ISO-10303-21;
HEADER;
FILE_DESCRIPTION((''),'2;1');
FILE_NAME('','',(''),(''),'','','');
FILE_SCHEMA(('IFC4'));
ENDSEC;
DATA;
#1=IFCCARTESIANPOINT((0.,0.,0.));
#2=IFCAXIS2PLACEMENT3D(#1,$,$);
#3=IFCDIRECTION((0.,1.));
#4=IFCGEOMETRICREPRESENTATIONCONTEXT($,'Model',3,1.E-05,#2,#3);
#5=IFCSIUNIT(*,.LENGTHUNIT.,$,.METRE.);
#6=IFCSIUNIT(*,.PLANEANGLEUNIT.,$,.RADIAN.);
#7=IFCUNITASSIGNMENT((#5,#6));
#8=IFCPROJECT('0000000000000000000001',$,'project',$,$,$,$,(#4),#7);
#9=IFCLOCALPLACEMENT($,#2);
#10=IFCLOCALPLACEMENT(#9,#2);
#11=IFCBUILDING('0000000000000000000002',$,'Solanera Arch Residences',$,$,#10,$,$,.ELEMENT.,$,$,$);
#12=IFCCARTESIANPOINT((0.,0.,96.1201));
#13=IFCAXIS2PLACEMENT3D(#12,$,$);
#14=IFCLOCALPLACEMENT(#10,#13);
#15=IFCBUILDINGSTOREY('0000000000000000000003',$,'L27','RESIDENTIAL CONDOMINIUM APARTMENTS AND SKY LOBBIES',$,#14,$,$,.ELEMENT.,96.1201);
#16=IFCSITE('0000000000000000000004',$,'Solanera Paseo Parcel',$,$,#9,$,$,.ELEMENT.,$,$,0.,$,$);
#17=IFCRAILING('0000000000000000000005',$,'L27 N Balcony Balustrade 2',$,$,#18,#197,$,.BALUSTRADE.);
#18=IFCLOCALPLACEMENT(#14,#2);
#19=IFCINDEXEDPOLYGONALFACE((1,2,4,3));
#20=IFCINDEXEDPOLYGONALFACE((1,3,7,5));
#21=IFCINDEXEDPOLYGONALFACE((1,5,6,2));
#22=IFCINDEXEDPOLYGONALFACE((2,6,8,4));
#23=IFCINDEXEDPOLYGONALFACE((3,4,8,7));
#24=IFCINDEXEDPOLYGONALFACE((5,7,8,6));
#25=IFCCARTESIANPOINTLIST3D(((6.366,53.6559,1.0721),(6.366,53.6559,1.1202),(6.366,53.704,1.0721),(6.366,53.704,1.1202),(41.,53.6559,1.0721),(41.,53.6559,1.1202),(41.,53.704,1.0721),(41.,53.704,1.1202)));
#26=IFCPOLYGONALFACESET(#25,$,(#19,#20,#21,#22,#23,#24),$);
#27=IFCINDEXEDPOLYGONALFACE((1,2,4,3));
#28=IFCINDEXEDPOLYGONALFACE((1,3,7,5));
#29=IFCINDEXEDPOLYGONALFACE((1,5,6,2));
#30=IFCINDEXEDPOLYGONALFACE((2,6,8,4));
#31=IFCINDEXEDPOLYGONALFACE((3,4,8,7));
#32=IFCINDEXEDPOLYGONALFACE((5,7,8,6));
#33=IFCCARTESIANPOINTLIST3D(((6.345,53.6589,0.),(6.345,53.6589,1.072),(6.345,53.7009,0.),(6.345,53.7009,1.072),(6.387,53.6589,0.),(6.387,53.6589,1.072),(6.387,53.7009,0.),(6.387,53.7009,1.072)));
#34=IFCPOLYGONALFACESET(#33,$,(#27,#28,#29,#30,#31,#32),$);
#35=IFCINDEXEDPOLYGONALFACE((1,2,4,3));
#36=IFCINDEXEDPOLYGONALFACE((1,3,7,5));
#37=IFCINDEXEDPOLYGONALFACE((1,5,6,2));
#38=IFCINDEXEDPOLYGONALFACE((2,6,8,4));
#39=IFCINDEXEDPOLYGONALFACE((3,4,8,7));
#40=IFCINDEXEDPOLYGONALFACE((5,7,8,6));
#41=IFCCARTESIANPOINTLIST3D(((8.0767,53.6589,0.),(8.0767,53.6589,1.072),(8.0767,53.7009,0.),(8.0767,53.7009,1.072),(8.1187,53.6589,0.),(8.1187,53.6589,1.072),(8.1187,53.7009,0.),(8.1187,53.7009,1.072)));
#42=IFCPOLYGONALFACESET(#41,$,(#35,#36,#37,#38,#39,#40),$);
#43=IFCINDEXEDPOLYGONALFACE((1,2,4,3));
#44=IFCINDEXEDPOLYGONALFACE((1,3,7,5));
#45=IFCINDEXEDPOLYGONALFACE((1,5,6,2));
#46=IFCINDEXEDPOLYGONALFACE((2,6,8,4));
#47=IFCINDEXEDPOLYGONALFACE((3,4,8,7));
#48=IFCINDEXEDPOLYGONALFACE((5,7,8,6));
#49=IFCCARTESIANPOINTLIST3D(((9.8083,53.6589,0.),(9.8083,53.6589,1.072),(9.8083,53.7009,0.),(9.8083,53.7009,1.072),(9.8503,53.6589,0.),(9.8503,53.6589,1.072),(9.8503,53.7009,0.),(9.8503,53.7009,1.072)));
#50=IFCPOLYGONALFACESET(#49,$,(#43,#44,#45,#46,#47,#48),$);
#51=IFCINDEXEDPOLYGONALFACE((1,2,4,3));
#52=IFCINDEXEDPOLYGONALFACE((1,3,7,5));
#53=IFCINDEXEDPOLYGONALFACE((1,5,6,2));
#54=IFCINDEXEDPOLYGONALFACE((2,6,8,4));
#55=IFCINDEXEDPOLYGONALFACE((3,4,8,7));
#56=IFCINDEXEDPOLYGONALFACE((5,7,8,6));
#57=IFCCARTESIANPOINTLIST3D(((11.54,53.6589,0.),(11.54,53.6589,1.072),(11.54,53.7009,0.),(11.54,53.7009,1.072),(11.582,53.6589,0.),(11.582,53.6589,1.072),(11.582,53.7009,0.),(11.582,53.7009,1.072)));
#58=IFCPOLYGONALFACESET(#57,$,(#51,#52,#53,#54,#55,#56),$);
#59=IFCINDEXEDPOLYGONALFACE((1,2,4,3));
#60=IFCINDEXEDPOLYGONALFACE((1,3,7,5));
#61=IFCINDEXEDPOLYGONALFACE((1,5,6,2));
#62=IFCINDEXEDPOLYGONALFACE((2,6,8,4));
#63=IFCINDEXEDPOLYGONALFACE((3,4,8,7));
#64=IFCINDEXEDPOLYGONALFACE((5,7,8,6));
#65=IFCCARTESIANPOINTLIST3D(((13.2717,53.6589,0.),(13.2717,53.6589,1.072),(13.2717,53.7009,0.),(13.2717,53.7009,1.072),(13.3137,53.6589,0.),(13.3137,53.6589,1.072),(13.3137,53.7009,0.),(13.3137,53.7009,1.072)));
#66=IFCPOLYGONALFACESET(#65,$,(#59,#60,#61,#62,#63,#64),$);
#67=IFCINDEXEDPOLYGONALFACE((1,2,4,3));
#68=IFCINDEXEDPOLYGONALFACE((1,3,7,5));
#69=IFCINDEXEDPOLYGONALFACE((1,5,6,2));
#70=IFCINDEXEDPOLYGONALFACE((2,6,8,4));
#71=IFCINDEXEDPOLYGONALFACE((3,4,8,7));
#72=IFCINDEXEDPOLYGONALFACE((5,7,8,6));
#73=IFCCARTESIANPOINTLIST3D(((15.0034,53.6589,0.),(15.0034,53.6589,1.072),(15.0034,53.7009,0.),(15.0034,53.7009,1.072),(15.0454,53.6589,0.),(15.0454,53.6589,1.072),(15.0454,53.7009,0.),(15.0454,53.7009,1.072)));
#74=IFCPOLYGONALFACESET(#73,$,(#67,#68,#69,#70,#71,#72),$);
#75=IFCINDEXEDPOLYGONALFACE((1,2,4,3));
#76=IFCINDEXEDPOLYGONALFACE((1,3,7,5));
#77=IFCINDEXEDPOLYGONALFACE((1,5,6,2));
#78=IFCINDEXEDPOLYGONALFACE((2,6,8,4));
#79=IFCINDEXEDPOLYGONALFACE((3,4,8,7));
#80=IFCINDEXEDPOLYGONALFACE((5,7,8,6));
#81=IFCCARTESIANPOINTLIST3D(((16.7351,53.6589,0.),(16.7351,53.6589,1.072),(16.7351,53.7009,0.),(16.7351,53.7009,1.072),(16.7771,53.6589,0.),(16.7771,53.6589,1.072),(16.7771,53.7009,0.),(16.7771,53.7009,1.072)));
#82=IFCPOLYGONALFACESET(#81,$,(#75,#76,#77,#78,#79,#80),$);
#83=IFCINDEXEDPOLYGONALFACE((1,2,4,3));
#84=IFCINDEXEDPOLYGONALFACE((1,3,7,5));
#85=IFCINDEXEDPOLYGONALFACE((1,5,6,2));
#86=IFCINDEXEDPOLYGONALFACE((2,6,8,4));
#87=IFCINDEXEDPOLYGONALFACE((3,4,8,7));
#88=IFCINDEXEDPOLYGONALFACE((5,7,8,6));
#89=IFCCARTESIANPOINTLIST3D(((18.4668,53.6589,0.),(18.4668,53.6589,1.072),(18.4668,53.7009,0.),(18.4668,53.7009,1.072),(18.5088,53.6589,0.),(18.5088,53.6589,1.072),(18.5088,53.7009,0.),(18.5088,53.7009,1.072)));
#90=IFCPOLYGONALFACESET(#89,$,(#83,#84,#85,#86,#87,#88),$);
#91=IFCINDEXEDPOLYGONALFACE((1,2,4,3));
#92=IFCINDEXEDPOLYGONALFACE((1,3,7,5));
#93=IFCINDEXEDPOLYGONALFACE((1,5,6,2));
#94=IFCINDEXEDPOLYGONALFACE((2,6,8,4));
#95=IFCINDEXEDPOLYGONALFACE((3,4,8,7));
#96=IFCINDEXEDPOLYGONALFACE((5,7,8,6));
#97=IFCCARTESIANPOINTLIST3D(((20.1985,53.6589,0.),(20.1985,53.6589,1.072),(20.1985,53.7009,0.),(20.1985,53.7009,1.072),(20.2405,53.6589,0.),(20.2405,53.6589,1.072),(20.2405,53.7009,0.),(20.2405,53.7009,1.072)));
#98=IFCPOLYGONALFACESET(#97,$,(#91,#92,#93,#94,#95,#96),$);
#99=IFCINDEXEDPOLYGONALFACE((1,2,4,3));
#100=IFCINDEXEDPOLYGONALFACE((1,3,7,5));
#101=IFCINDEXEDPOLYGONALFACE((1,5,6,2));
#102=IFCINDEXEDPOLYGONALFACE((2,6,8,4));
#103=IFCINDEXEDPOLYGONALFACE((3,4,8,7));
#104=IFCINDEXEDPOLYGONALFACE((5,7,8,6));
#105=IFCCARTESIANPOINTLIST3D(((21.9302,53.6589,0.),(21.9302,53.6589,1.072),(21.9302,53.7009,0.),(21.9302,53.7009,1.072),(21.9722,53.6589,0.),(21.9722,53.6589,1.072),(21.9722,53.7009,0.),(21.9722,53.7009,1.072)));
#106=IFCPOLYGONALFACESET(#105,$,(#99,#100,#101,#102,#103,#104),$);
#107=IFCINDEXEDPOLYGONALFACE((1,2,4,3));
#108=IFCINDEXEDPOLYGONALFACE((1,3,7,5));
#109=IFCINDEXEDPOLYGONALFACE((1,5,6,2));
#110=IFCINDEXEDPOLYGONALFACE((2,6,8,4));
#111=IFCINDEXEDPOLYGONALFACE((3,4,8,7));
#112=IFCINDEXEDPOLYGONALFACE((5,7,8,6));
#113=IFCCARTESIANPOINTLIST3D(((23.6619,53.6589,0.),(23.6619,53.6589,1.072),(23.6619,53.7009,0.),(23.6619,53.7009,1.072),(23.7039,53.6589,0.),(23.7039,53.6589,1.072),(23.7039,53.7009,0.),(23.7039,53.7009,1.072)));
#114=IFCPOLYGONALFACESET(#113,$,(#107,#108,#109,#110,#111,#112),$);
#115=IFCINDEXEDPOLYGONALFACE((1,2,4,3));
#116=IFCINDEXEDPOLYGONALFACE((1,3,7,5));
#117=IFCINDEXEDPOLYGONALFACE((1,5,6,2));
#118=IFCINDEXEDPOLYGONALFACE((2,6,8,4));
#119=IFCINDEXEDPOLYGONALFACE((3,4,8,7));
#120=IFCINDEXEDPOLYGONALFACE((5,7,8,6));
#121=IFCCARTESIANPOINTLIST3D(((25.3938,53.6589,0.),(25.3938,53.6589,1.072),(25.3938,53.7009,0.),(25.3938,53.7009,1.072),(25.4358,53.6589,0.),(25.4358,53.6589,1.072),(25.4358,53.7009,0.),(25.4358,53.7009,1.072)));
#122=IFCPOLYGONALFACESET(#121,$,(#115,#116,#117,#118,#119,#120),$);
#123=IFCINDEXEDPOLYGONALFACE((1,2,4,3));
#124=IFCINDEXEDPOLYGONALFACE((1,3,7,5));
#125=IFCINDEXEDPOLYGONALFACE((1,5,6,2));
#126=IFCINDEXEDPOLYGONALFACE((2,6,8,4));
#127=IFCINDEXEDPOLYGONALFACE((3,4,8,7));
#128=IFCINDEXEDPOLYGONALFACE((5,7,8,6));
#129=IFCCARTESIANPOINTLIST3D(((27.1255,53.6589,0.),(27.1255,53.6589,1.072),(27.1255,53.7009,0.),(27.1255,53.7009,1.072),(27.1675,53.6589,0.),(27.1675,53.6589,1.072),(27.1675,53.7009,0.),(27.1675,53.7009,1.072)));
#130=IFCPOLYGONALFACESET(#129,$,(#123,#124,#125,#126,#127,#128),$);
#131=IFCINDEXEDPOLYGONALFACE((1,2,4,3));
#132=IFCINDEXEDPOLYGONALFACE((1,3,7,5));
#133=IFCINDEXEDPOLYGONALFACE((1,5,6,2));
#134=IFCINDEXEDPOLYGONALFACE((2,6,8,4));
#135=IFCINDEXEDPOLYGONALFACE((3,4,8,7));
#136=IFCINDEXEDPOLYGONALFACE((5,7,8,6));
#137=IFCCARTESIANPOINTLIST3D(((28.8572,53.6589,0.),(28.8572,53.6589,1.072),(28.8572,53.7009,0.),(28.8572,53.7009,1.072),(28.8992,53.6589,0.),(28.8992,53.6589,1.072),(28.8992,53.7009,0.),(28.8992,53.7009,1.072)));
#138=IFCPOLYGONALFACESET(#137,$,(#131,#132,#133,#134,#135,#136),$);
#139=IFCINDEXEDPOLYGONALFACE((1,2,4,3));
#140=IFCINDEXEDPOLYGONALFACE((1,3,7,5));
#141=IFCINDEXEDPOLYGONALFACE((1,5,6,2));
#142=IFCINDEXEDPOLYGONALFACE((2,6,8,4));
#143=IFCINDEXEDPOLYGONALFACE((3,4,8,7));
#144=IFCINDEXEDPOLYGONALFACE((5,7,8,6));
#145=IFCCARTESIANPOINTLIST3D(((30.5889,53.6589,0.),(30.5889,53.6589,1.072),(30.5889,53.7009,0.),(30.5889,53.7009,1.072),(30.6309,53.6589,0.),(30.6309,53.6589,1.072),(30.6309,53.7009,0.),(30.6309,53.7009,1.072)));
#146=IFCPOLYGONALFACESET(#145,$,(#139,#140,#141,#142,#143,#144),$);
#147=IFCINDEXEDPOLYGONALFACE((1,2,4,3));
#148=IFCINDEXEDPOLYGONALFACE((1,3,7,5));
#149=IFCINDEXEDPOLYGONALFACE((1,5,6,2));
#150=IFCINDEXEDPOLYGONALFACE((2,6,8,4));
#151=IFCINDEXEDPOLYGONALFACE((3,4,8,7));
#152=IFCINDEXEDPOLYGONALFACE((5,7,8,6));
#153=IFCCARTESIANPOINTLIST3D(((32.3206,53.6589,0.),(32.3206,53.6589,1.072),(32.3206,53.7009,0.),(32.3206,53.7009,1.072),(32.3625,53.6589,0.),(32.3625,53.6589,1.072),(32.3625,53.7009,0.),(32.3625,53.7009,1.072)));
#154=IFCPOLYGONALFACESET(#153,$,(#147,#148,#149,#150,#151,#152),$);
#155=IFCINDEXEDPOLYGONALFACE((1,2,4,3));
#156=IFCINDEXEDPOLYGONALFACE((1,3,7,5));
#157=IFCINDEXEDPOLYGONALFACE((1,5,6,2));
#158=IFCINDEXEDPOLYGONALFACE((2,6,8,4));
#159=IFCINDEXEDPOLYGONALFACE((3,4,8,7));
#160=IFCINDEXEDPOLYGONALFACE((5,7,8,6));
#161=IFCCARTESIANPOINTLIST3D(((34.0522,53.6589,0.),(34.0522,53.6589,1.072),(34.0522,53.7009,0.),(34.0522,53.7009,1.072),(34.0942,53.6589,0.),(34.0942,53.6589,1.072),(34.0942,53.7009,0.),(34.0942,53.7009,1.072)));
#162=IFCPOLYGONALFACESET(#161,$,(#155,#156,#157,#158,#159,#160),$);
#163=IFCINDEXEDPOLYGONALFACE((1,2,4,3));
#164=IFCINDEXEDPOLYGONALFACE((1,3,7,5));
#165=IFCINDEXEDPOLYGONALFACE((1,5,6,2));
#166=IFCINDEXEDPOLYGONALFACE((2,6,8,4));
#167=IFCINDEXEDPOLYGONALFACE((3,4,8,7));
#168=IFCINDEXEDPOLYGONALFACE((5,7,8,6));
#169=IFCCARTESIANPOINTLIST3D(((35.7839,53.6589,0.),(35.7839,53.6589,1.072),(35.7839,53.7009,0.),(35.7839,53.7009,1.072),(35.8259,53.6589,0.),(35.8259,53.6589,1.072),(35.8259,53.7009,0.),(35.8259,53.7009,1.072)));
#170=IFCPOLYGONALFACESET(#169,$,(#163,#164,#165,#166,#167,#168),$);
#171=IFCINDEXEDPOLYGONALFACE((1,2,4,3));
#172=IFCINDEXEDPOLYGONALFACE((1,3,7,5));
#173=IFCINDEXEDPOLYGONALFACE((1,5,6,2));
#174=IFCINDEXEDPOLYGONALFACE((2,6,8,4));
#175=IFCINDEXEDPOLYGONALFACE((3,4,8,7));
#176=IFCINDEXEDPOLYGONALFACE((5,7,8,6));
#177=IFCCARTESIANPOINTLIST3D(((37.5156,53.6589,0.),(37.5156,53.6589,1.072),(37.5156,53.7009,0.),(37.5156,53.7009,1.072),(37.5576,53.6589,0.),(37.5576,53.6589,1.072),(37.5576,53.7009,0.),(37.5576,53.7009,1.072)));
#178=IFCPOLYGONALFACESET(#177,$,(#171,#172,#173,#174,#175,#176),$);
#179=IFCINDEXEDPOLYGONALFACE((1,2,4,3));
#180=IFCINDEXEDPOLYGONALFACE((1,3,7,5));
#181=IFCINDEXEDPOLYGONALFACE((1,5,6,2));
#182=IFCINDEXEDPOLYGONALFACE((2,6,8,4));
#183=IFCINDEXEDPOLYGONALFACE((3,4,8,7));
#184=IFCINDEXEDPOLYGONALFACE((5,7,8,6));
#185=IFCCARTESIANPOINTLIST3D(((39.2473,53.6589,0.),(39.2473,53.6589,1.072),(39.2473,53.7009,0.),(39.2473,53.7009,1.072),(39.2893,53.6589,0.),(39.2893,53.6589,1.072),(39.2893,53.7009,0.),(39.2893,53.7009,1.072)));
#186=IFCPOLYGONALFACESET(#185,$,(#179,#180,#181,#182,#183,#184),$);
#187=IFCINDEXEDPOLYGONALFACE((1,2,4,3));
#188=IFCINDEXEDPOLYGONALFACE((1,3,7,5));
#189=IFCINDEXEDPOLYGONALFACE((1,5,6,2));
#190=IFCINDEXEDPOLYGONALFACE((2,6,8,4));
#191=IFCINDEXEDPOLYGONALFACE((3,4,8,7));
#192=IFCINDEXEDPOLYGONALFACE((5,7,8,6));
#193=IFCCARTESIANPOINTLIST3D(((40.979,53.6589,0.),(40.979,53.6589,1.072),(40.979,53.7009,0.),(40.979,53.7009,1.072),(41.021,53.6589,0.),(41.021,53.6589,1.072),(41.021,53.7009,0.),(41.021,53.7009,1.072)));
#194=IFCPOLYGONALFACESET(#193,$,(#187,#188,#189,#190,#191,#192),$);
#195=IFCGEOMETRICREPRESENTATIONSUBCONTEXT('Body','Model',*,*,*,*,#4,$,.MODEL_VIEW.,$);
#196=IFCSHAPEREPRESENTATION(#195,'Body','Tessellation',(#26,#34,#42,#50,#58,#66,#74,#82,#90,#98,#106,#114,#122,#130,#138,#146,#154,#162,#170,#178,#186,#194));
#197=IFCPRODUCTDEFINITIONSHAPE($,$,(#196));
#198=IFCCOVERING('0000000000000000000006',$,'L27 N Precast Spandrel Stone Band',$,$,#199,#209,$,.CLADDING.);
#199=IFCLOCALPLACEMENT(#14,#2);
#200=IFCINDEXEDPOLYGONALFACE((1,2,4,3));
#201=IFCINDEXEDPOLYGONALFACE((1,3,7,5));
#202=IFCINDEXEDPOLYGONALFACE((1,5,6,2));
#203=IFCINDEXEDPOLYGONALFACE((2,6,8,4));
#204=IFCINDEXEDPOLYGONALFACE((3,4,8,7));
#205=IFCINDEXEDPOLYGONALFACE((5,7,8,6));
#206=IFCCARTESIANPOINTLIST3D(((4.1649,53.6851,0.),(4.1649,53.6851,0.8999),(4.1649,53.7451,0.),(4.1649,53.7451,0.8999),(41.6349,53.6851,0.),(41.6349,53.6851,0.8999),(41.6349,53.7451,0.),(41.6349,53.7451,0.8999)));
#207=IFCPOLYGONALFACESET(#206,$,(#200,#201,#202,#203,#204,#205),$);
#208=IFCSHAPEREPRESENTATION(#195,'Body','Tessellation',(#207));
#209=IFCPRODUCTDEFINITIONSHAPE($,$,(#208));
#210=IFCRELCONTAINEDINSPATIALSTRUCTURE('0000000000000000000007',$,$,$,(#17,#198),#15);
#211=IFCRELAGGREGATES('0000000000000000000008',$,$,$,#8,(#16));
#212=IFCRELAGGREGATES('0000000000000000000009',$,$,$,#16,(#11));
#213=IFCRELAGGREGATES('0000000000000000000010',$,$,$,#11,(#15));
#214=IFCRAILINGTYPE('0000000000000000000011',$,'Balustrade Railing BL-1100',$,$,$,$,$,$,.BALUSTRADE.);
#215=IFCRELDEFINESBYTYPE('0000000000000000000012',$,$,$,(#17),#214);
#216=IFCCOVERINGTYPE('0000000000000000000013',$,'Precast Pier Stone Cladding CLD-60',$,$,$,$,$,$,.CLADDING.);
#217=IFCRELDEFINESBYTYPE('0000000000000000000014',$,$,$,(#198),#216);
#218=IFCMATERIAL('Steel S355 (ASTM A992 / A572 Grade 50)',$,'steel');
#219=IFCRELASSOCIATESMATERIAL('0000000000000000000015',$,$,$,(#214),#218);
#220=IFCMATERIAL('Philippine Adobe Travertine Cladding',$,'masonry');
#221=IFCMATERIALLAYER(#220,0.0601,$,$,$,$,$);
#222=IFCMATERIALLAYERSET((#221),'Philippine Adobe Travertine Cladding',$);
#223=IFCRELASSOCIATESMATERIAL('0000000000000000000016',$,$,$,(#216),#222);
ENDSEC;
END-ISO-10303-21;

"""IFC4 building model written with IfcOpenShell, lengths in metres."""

from ifc_helpers import new_model, si_unit, direction, frame, frame_2d, origin, origin_2d, place, context, subcontext, project, spatial, rectangle, extrude, material, layer, layer_set, type_object, element, save


model = new_model("IFC4")

# Units and contexts
model_context = context("Model", 3, precision=1e-05, world=origin(), true_north=direction((0.0, 1.0)))
body_context = subcontext(model_context, "Body", "Model", "MODEL_VIEW")
ifc_project = project(units=[si_unit("LENGTHUNIT", "METRE"), si_unit("PLANEANGLEUNIT", "RADIAN")], contexts=[model_context])

# Site, building, storey
site_placement = place(None, origin())
site = spatial("IfcSite", under=ifc_project, at=site_placement, Name="Solanera Paseo Parcel", CompositionType="ELEMENT", RefElevation=0.0)
building_placement = place(site_placement, origin())
building = spatial("IfcBuilding", under=site, at=building_placement, Name="Solanera Arch Residences", CompositionType="ELEMENT")
storey_placement = place(building_placement, frame((0.0, 0.0, 96.1201)))
storey = spatial("IfcBuildingStorey", under=building, at=storey_placement, Name="L27", Description="RESIDENTIAL CONDOMINIUM APARTMENTS AND SKY LOBBIES", CompositionType="ELEMENT", Elevation=96.1201)

# Railing
ifc_material_1 = material(Name="Steel S355 (ASTM A992 / A572 Grade 50)", Category="steel")
railing_type = type_object("IfcRailingType", Name="Balustrade Railing BL-1100", PredefinedType="BALUSTRADE", material=ifc_material_1)
railing_placement = place(storey_placement, frame((6.366, 53.6799, 0.0)))
element("IfcRailing", 1, at=railing_placement, inside=storey, type_object=railing_type, Name="L27 N Balcony Balustrade 2", PredefinedType="BALUSTRADE", context=body_context, shape_type="SweptSolid", body=[
    extrude(rectangle(XDim=0.0481, YDim=0.0481, at=origin_2d()), frame((0.0, 0.0, 1.0962), z_axis=(1.0, 0.0, 0.0), x_axis=(0.0, 1.0, 0.0)), (0.0, 0.0, 1.0), 34.634),
    extrude(rectangle(XDim=0.042, YDim=0.042, at=origin_2d()), origin(), (0.0, 0.0, 1.0), 1.072),
    extrude(rectangle(XDim=0.042, YDim=0.042, at=origin_2d()), frame((1.7317, 0.0, 0.0)), (0.0, 0.0, 1.0), 1.072),
    extrude(rectangle(XDim=0.042, YDim=0.042, at=origin_2d()), frame((3.4634, 0.0, 0.0)), (0.0, 0.0, 1.0), 1.072),
    extrude(rectangle(XDim=0.042, YDim=0.042, at=origin_2d()), frame((5.1951, 0.0, 0.0)), (0.0, 0.0, 1.0), 1.072),
    extrude(rectangle(XDim=0.042, YDim=0.042, at=origin_2d()), frame((6.9268, 0.0, 0.0)), (0.0, 0.0, 1.0), 1.072),
    extrude(rectangle(XDim=0.042, YDim=0.042, at=origin_2d()), frame((8.6584, 0.0, 0.0)), (0.0, 0.0, 1.0), 1.072),
    extrude(rectangle(XDim=0.042, YDim=0.042, at=origin_2d()), frame((10.3901, 0.0, 0.0)), (0.0, 0.0, 1.0), 1.072),
    extrude(rectangle(XDim=0.042, YDim=0.042, at=origin_2d()), frame((12.1218, 0.0, 0.0)), (0.0, 0.0, 1.0), 1.072),
    extrude(rectangle(XDim=0.042, YDim=0.042, at=origin_2d()), frame((13.8535, 0.0, 0.0)), (0.0, 0.0, 1.0), 1.072),
    extrude(rectangle(XDim=0.042, YDim=0.042, at=origin_2d()), frame((15.5852, 0.0, 0.0)), (0.0, 0.0, 1.0), 1.072),
    extrude(rectangle(XDim=0.042, YDim=0.042, at=origin_2d()), frame((17.3169, 0.0, 0.0)), (0.0, 0.0, 1.0), 1.072),
    extrude(rectangle(XDim=0.042, YDim=0.042, at=origin_2d()), frame((19.0488, 0.0, 0.0)), (0.0, 0.0, 1.0), 1.072),
    extrude(rectangle(XDim=0.042, YDim=0.042, at=origin_2d()), frame((20.7805, 0.0, 0.0)), (0.0, 0.0, 1.0), 1.072),
    extrude(rectangle(XDim=0.042, YDim=0.042, at=origin_2d()), frame((22.5122, 0.0, 0.0)), (0.0, 0.0, 1.0), 1.072),
    extrude(rectangle(XDim=0.042, YDim=0.042, at=origin_2d()), frame((24.2439, 0.0, 0.0)), (0.0, 0.0, 1.0), 1.072),
    extrude(rectangle(XDim=0.042, YDim=0.042, at=origin_2d()), frame((25.9756, 0.0, 0.0)), (0.0, 0.0, 1.0), 1.072),
    extrude(rectangle(XDim=0.042, YDim=0.042, at=origin_2d()), frame((27.7073, 0.0, 0.0)), (0.0, 0.0, 1.0), 1.072),
    extrude(rectangle(XDim=0.042, YDim=0.042, at=origin_2d()), frame((29.439, 0.0, 0.0)), (0.0, 0.0, 1.0), 1.072),
    extrude(rectangle(XDim=0.042, YDim=0.042, at=origin_2d()), frame((31.1707, 0.0, 0.0)), (0.0, 0.0, 1.0), 1.072),
    extrude(rectangle(XDim=0.042, YDim=0.042, at=origin_2d()), frame((32.9023, 0.0, 0.0)), (0.0, 0.0, 1.0), 1.072),
    extrude(rectangle(XDim=0.042, YDim=0.042, at=origin_2d()), frame((34.634, 0.0, 0.0)), (0.0, 0.0, 1.0), 1.072),
])

# Covering
ifc_material_2 = material(Name="Philippine Adobe Travertine Cladding", Category="masonry")
ifc_layer_1 = layer(ifc_material_2, 0.0601)
ifc_layer_set_1 = layer_set([ifc_layer_1], Name="Philippine Adobe Travertine Cladding")
covering_type = type_object("IfcCoveringType", Name="Precast Pier Stone Cladding CLD-60", PredefinedType="CLADDING", material=ifc_layer_set_1)
covering_placement = place(storey_placement, frame((4.165, 53.7151, 0.0), z_axis=(0.0, 0.0, 1.0), x_axis=(1.0, 0.0, 0.0)))
element("IfcCovering", 2, at=covering_placement, inside=storey, type_object=covering_type, Name="L27 N Precast Spandrel Stone Band", PredefinedType="CLADDING", context=body_context, shape_type="SweptSolid", body=[
    extrude(rectangle(XDim=37.47, YDim=0.0601, at=frame_2d((18.7349, 0.0))), origin(), (0.0, 0.0, 1.0), 0.8999),
])

save(model, "model.ifc")
